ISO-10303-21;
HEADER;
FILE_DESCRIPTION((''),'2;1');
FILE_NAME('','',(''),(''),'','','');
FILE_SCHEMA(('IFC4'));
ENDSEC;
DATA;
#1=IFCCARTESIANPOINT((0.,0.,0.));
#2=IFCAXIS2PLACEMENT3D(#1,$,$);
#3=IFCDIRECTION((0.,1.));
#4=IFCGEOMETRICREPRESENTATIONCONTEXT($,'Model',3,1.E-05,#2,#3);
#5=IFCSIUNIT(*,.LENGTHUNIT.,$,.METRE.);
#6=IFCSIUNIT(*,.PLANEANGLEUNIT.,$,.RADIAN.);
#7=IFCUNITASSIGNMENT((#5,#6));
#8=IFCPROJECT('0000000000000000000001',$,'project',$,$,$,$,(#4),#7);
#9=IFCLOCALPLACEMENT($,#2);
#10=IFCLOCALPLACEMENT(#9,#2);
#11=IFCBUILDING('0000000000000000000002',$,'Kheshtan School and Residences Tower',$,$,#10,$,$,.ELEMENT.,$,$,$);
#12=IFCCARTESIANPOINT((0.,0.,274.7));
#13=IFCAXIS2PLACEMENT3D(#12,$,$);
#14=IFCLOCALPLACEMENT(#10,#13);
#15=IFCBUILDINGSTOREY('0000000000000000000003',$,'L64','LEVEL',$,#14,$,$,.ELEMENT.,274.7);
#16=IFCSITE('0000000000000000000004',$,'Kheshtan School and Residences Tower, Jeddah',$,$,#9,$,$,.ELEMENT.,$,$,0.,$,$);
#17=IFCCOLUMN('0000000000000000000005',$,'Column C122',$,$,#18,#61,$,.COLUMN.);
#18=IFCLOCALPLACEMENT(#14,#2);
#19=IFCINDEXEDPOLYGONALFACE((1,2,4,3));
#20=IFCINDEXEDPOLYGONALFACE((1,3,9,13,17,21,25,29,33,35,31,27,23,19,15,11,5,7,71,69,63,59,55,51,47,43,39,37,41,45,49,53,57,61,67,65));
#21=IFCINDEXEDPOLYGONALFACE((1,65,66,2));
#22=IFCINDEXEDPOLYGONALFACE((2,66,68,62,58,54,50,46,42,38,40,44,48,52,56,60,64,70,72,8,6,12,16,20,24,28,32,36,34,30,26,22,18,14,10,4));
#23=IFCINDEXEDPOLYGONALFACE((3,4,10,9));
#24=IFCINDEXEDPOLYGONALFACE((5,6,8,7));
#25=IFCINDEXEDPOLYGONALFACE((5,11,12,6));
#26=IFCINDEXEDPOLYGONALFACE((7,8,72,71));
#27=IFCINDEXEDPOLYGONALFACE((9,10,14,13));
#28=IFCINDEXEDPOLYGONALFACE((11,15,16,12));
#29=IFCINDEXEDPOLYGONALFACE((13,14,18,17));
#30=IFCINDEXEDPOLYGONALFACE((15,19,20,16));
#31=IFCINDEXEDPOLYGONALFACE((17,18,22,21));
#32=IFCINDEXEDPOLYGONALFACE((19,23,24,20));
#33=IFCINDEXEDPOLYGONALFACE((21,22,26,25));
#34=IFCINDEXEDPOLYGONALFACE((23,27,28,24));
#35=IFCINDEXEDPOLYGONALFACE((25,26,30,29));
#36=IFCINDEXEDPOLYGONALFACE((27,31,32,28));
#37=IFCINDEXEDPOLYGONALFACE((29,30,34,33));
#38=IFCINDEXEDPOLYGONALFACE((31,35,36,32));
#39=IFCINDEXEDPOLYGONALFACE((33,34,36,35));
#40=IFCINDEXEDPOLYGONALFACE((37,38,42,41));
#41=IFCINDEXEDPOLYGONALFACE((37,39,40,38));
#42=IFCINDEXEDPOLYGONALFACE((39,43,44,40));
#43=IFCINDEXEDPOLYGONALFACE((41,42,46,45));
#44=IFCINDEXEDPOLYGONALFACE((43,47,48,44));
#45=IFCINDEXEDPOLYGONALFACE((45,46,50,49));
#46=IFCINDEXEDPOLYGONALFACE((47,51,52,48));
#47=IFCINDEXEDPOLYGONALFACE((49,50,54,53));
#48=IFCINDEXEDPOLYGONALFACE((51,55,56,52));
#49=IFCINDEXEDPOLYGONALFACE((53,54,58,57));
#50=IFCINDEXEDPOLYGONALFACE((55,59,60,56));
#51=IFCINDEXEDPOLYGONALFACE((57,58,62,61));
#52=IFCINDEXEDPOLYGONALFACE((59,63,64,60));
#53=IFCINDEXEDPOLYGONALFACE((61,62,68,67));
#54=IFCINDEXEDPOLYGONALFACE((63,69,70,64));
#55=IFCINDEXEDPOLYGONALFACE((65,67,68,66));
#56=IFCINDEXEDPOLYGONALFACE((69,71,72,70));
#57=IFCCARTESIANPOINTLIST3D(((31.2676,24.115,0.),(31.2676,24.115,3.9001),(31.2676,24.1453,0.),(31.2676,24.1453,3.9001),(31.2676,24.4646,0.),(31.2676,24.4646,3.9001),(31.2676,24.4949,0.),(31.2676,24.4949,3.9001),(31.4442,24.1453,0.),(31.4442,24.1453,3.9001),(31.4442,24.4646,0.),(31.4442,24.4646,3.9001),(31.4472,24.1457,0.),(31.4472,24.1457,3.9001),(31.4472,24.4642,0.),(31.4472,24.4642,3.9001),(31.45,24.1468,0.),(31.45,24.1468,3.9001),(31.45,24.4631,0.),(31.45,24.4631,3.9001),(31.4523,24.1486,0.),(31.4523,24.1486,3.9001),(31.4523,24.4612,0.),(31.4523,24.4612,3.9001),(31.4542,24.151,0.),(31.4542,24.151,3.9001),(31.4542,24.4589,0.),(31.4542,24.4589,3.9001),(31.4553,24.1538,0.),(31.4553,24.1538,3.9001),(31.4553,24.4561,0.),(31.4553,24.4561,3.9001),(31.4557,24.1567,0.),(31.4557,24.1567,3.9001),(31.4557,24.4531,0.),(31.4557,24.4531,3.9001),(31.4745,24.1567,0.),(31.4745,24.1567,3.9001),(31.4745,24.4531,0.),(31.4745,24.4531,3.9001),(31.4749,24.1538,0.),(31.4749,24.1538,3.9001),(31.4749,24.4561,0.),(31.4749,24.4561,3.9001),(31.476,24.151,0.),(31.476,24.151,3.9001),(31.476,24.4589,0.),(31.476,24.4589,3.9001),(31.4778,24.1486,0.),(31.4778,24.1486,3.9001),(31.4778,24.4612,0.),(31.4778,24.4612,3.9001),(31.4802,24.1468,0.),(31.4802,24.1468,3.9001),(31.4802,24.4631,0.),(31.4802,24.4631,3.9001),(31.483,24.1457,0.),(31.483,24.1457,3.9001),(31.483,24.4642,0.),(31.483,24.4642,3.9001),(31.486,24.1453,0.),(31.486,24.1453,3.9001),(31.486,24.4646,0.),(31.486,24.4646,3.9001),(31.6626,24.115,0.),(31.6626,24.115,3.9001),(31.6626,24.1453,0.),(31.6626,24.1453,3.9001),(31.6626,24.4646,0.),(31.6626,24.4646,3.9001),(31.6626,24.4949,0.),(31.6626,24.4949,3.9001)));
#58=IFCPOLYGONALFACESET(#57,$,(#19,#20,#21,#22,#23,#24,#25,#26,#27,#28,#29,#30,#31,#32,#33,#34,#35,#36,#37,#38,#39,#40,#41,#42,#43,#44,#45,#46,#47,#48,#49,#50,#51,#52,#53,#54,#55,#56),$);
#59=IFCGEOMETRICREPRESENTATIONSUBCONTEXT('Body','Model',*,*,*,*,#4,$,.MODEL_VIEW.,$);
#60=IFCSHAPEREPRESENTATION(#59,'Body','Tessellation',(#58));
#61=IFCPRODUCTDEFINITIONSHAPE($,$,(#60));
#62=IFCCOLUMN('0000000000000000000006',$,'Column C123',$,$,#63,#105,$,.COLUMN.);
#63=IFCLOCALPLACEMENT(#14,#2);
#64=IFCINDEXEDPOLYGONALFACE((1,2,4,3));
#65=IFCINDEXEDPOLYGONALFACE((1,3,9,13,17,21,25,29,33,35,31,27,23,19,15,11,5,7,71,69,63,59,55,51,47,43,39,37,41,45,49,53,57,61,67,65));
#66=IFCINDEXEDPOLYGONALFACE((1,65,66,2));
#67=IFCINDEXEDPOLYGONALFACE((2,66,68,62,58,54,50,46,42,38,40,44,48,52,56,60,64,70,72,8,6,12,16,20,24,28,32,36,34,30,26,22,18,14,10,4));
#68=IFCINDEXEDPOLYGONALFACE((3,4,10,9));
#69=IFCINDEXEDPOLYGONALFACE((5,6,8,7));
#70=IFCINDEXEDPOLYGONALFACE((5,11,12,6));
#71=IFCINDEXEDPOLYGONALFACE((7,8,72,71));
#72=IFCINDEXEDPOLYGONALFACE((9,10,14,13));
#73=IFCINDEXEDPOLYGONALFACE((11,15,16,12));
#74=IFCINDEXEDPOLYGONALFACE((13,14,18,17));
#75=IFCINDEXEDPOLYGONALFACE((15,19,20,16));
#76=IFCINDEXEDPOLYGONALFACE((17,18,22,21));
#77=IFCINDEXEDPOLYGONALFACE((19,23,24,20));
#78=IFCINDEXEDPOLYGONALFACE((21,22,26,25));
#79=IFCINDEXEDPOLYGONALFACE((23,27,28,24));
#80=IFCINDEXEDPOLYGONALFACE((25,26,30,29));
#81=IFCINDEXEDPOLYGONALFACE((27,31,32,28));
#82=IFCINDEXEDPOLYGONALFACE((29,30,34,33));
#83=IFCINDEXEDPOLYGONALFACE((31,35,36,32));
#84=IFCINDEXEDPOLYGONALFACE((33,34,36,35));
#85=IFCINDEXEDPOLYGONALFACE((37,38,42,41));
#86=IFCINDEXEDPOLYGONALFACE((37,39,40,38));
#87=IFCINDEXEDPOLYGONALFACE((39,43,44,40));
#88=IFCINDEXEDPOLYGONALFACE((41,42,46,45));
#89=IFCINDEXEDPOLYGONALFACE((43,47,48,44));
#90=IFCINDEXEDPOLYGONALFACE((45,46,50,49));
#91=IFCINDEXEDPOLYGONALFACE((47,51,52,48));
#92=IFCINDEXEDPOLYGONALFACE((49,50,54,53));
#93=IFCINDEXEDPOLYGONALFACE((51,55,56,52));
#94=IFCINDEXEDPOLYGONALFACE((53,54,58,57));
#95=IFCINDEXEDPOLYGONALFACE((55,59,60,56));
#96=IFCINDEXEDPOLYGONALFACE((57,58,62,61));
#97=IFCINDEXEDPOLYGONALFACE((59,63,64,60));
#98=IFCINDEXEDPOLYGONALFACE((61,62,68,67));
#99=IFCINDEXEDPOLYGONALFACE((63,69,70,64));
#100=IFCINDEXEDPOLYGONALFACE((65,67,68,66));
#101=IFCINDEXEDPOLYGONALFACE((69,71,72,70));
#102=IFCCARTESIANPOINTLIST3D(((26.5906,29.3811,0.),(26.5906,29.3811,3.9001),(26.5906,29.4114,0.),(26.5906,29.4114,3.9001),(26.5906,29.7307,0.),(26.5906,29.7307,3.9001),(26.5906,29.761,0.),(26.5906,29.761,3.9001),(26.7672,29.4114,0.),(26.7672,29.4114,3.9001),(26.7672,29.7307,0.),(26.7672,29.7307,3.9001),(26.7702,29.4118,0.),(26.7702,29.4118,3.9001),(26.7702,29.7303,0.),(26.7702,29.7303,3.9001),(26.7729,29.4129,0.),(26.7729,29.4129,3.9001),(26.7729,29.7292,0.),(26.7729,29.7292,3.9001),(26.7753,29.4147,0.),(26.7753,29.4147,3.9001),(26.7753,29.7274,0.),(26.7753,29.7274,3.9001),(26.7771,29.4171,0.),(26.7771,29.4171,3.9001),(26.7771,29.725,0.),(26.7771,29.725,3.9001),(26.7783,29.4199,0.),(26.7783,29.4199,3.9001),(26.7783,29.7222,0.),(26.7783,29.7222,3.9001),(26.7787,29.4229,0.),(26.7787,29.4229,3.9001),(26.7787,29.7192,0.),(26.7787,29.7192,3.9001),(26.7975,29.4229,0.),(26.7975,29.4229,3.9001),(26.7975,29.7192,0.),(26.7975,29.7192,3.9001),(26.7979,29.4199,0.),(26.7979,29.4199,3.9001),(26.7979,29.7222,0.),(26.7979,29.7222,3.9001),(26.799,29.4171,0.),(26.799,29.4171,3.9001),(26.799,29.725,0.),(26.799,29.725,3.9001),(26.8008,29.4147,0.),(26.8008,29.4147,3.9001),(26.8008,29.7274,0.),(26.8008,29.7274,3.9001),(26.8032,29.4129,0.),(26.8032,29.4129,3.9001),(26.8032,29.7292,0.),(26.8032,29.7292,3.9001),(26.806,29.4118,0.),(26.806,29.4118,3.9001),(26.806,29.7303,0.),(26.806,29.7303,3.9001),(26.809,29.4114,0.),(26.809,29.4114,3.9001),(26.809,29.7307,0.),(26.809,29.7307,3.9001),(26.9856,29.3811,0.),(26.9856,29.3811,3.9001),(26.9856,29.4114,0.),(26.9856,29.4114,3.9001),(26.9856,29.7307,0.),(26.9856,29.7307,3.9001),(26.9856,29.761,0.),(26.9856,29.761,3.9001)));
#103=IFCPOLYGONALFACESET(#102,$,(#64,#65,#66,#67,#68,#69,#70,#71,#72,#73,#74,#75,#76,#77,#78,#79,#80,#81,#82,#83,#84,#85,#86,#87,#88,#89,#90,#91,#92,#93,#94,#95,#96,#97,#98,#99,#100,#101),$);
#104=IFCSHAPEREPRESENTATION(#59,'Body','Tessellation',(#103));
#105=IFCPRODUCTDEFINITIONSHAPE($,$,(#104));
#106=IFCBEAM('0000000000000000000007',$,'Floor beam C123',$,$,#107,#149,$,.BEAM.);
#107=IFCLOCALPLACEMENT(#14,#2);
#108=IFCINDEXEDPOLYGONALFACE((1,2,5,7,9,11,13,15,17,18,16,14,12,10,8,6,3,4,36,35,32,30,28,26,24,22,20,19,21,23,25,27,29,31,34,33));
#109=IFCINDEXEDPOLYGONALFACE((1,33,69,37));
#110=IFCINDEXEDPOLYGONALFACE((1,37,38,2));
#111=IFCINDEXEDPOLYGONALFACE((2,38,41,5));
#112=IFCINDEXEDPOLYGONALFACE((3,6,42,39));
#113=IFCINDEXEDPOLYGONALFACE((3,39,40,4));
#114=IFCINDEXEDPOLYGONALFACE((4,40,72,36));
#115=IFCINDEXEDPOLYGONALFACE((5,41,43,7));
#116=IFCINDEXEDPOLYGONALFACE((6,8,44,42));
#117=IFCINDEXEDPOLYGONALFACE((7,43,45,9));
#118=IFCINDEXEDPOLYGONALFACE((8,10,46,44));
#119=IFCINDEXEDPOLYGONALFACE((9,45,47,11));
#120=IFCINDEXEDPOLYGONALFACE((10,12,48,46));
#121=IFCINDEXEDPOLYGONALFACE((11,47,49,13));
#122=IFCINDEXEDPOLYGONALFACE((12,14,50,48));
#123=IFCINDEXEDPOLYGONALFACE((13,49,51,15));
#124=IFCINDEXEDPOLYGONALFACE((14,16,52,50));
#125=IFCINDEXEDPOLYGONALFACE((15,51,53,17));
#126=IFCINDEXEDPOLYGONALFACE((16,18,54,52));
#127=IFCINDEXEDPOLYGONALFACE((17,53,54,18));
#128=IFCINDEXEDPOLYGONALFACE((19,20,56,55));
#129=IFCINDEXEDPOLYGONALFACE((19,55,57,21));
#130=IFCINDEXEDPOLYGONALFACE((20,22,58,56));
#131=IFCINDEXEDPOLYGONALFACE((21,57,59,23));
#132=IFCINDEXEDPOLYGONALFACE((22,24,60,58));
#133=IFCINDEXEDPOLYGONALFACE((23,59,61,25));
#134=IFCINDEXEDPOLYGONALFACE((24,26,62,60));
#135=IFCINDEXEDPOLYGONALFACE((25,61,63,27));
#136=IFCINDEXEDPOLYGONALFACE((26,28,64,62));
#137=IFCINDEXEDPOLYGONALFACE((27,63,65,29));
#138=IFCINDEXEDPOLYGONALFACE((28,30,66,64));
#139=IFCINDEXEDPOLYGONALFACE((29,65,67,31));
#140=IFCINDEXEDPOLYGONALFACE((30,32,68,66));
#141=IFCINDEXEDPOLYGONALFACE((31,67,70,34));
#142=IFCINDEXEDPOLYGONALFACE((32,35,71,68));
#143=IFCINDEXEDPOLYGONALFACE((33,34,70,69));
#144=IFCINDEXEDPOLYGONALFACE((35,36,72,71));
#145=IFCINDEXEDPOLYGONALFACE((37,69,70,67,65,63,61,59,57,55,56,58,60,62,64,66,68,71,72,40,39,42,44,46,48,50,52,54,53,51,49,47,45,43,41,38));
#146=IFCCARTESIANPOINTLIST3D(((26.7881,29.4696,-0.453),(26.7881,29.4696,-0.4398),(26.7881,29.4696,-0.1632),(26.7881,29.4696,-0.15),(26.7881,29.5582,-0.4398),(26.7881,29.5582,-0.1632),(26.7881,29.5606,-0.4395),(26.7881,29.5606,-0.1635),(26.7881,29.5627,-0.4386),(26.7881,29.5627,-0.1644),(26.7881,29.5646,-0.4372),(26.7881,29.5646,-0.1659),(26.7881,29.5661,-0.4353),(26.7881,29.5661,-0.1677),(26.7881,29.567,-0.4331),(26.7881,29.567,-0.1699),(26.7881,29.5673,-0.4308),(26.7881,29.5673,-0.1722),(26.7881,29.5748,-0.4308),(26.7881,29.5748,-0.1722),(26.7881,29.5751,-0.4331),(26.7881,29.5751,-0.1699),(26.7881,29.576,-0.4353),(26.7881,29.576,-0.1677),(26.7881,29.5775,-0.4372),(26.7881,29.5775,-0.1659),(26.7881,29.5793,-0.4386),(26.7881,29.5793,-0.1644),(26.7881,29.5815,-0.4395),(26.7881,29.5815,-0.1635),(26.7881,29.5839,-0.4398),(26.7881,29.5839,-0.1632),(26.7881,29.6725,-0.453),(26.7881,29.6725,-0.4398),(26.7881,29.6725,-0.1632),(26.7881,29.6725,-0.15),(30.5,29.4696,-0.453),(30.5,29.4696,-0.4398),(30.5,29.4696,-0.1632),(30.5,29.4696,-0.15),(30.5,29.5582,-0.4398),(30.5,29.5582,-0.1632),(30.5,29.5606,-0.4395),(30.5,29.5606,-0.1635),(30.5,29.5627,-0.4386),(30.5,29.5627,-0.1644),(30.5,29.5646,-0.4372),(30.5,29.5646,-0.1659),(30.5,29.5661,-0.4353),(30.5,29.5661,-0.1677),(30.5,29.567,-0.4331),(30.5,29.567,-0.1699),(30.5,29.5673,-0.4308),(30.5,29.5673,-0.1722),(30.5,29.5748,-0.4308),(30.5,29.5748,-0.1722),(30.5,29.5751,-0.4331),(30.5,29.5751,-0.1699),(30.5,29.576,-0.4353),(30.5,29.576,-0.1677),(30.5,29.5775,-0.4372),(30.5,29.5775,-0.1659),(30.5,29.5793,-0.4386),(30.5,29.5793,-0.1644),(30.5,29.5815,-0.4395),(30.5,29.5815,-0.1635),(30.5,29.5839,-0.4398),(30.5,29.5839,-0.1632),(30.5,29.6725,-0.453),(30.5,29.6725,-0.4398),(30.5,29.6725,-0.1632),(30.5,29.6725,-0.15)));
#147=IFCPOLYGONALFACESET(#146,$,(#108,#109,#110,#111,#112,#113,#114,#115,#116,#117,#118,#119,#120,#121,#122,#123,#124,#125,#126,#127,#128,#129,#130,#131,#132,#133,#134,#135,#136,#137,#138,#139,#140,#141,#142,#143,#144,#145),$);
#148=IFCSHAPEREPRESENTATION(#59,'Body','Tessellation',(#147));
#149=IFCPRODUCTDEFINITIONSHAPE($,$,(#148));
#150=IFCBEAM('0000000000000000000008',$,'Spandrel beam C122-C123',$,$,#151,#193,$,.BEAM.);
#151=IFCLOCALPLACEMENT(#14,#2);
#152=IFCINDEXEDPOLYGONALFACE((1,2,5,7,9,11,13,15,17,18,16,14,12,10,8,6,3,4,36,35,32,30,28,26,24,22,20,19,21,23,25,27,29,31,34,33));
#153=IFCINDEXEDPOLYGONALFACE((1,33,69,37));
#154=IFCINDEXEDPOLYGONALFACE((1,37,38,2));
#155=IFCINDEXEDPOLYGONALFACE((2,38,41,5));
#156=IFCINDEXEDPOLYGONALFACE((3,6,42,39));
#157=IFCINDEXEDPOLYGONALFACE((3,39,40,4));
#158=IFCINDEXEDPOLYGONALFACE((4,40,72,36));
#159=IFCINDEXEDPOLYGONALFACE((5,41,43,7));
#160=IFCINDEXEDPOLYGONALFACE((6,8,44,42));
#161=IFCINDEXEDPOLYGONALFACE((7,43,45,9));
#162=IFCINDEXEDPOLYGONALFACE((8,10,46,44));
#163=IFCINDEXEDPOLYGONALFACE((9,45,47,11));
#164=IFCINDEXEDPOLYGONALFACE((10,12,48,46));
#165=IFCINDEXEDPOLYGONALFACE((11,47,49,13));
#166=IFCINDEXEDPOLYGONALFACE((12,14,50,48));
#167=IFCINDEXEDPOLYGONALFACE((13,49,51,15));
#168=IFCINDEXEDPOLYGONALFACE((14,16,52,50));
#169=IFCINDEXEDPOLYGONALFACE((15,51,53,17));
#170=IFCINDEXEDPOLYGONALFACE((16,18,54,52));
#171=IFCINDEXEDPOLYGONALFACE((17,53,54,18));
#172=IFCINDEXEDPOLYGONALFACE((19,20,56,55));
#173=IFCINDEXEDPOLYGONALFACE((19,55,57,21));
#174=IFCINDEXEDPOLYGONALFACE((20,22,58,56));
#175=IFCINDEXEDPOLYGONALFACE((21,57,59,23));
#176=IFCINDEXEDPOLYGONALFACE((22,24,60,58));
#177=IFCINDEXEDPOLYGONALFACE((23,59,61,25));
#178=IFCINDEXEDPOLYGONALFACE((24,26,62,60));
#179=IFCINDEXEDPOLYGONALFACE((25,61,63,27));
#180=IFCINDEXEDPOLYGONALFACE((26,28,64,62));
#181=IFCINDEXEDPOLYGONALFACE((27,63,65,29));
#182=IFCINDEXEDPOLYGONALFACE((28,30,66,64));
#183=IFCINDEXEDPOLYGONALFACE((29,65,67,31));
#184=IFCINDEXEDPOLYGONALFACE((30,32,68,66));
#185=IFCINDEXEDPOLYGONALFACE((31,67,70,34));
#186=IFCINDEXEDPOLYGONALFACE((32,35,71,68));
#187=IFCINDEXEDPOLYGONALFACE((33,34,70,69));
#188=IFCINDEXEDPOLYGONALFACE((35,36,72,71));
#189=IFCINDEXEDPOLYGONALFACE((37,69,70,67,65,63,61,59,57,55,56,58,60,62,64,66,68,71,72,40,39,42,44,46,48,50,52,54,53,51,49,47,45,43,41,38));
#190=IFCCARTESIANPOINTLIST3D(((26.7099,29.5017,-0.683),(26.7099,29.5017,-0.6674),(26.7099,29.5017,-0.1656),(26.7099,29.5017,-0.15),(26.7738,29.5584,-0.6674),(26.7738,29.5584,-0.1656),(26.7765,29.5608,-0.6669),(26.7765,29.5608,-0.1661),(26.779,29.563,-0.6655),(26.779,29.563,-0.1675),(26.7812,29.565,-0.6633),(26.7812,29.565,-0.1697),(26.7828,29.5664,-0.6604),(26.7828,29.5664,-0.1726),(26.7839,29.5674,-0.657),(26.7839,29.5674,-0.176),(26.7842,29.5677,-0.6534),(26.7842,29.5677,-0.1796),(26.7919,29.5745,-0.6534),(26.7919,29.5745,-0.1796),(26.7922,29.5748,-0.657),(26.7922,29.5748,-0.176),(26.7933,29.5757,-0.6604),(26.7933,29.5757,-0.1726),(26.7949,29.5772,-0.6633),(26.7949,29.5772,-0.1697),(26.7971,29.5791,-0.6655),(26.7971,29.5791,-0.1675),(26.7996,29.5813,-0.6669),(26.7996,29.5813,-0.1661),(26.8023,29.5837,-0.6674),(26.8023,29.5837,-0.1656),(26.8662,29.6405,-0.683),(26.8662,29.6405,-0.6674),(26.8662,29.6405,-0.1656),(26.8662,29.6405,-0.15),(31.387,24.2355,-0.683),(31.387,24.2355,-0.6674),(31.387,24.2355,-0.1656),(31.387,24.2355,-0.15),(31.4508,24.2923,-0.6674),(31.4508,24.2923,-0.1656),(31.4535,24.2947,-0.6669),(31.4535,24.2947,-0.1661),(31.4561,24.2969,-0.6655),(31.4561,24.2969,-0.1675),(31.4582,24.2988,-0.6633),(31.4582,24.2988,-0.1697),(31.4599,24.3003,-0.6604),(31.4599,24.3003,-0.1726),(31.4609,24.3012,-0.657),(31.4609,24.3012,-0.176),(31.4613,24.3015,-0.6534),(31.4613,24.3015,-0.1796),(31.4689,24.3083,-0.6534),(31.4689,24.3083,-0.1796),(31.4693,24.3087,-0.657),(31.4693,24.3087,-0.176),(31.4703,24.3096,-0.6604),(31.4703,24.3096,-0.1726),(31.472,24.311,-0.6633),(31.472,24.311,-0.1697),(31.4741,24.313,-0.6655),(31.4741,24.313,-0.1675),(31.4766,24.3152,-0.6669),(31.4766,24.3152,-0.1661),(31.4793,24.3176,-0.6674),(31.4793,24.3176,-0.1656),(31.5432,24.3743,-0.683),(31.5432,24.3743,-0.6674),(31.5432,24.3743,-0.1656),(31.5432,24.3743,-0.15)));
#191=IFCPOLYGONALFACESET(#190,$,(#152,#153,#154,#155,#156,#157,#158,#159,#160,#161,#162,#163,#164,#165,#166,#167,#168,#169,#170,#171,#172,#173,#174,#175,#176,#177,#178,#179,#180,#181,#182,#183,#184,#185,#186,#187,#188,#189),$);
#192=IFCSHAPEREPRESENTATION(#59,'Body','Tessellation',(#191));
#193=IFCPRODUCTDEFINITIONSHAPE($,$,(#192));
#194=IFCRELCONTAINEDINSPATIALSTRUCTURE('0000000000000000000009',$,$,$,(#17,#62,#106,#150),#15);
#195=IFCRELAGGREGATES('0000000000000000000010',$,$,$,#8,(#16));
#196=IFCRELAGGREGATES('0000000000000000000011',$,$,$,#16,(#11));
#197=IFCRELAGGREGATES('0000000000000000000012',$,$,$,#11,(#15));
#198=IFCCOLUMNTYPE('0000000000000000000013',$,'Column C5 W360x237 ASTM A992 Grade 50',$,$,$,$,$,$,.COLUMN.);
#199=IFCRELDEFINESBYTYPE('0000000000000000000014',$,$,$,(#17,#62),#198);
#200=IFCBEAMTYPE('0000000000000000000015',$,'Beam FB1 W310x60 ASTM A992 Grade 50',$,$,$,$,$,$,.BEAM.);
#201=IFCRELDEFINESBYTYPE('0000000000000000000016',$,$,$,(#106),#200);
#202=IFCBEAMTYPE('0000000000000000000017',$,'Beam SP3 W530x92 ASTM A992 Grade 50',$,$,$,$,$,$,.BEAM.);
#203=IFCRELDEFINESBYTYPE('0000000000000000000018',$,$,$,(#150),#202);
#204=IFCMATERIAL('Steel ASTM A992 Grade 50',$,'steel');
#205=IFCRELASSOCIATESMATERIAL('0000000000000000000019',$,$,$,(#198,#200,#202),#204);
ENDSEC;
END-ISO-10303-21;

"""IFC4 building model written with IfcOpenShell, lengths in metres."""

from ifc_helpers import new_model, si_unit, direction, frame, origin, origin_2d, place, context, subcontext, project, spatial, i_section, extrude, material, material_profile, profile_set, type_object, element, save


model = new_model("IFC4")

# Units and contexts
model_context = context("Model", 3, precision=1e-05, world=origin(), true_north=direction((0.0, 1.0)))
body_context = subcontext(model_context, "Body", "Model", "MODEL_VIEW")
ifc_project = project(units=[si_unit("LENGTHUNIT", "METRE"), si_unit("PLANEANGLEUNIT", "RADIAN")], contexts=[model_context])

# Site, building, storey
site_placement = place(None, origin())
site = spatial("IfcSite", under=ifc_project, at=site_placement, Name="Kheshtan School and Residences Tower, Jeddah", CompositionType="ELEMENT", RefElevation=0.0)
building_placement = place(site_placement, origin())
building = spatial("IfcBuilding", under=site, at=building_placement, Name="Kheshtan School and Residences Tower", CompositionType="ELEMENT")
storey_placement = place(building_placement, frame((0.0, 0.0, 274.7)))
storey = spatial("IfcBuildingStorey", under=building, at=storey_placement, Name="L64", Description="LEVEL", CompositionType="ELEMENT", Elevation=274.7)

# Columns
ifc_material_1 = material(Name="Steel ASTM A992 Grade 50", Category="steel")
ifc_material_profile_1 = material_profile(ifc_material_1, i_section(OverallWidth=0.395, OverallDepth=0.3799, WebThickness=0.0188, FlangeThickness=0.0303, FilletRadius=0.0115, at=origin_2d()), Name="W360x237")
ifc_profile_set_1 = profile_set([ifc_material_profile_1], Name="Steel ASTM A992 Grade 50")
column_type = type_object("IfcColumnType", Name="Column C5 W360x237 ASTM A992 Grade 50", PredefinedType="COLUMN", material=ifc_profile_set_1)
for number, where, z_axis, x_axis, name in (
    (1, (31.4651, 24.3049, 0.0), (0.0, 0.0, 1.0), (1.0, 0.0, 0.0), "Column C122"),
    (2, (26.7881, 29.571, 0.0), (0.0, 0.0, 1.0), (1.0, 0.0, 0.0), "Column C123"),
):
    element("IfcColumn", number, at=place(storey_placement, frame(where, z_axis=z_axis, x_axis=x_axis)), inside=storey, type_object=column_type, Name=name, PredefinedType="COLUMN", context=body_context, shape_type="SweptSolid", body=[
        extrude(i_section(OverallWidth=0.395, OverallDepth=0.3799, WebThickness=0.0188, FlangeThickness=0.0303, FilletRadius=0.0115, at=origin_2d()), origin(), (0.0, 0.0, 1.0), 3.9001),
    ])

# Beams
ifc_material_profile_2 = material_profile(ifc_material_1, i_section(OverallWidth=0.2029, OverallDepth=0.303, WebThickness=0.0076, FlangeThickness=0.0132, FilletRadius=0.009, at=origin_2d()), Name="W310x60")
ifc_profile_set_2 = profile_set([ifc_material_profile_2], Name="Steel ASTM A992 Grade 50")
beam_type_1 = type_object("IfcBeamType", Name="Beam FB1 W310x60 ASTM A992 Grade 50", PredefinedType="BEAM", material=ifc_profile_set_2)
beam_1_placement = place(storey_placement, frame((26.7881, 29.571, -0.3015), z_axis=(1.0, 0.0, 0.0), x_axis=(0.0, 1.0, 0.0)))
element("IfcBeam", 3, at=beam_1_placement, inside=storey, type_object=beam_type_1, Name="Floor beam C123", PredefinedType="BEAM", context=body_context, shape_type="SweptSolid", body=[
    extrude(i_section(OverallWidth=0.2029, OverallDepth=0.303, WebThickness=0.0076, FlangeThickness=0.0132, FilletRadius=0.009, at=origin_2d()), origin(), (0.0, 0.0, 1.0), 3.7119),
])
ifc_material_profile_3 = material_profile(ifc_material_1, i_section(OverallWidth=0.209, OverallDepth=0.533, WebThickness=0.0103, FlangeThickness=0.0156, FilletRadius=0.0139, at=origin_2d()), Name="W530x92")
ifc_profile_set_3 = profile_set([ifc_material_profile_3], Name="Steel ASTM A992 Grade 50")
beam_type_2 = type_object("IfcBeamType", Name="Beam SP3 W530x92 ASTM A992 Grade 50", PredefinedType="BEAM", material=ifc_profile_set_3)
beam_2_placement = place(storey_placement, frame((31.4651, 24.3049, -0.4165), z_axis=(-0.664048, 0.74769, 0.0), x_axis=(-0.74769, -0.664048, 0.0)))
element("IfcBeam", 4, at=beam_2_placement, inside=storey, type_object=beam_type_2, Name="Spandrel beam C122-C123", PredefinedType="BEAM", context=body_context, shape_type="SweptSolid", body=[
    extrude(i_section(OverallWidth=0.209, OverallDepth=0.533, WebThickness=0.0103, FlangeThickness=0.0156, FilletRadius=0.0139, at=origin_2d()), origin(), (0.0, 0.0, 1.0), 7.0432),
])

save(model, "model.ifc")
